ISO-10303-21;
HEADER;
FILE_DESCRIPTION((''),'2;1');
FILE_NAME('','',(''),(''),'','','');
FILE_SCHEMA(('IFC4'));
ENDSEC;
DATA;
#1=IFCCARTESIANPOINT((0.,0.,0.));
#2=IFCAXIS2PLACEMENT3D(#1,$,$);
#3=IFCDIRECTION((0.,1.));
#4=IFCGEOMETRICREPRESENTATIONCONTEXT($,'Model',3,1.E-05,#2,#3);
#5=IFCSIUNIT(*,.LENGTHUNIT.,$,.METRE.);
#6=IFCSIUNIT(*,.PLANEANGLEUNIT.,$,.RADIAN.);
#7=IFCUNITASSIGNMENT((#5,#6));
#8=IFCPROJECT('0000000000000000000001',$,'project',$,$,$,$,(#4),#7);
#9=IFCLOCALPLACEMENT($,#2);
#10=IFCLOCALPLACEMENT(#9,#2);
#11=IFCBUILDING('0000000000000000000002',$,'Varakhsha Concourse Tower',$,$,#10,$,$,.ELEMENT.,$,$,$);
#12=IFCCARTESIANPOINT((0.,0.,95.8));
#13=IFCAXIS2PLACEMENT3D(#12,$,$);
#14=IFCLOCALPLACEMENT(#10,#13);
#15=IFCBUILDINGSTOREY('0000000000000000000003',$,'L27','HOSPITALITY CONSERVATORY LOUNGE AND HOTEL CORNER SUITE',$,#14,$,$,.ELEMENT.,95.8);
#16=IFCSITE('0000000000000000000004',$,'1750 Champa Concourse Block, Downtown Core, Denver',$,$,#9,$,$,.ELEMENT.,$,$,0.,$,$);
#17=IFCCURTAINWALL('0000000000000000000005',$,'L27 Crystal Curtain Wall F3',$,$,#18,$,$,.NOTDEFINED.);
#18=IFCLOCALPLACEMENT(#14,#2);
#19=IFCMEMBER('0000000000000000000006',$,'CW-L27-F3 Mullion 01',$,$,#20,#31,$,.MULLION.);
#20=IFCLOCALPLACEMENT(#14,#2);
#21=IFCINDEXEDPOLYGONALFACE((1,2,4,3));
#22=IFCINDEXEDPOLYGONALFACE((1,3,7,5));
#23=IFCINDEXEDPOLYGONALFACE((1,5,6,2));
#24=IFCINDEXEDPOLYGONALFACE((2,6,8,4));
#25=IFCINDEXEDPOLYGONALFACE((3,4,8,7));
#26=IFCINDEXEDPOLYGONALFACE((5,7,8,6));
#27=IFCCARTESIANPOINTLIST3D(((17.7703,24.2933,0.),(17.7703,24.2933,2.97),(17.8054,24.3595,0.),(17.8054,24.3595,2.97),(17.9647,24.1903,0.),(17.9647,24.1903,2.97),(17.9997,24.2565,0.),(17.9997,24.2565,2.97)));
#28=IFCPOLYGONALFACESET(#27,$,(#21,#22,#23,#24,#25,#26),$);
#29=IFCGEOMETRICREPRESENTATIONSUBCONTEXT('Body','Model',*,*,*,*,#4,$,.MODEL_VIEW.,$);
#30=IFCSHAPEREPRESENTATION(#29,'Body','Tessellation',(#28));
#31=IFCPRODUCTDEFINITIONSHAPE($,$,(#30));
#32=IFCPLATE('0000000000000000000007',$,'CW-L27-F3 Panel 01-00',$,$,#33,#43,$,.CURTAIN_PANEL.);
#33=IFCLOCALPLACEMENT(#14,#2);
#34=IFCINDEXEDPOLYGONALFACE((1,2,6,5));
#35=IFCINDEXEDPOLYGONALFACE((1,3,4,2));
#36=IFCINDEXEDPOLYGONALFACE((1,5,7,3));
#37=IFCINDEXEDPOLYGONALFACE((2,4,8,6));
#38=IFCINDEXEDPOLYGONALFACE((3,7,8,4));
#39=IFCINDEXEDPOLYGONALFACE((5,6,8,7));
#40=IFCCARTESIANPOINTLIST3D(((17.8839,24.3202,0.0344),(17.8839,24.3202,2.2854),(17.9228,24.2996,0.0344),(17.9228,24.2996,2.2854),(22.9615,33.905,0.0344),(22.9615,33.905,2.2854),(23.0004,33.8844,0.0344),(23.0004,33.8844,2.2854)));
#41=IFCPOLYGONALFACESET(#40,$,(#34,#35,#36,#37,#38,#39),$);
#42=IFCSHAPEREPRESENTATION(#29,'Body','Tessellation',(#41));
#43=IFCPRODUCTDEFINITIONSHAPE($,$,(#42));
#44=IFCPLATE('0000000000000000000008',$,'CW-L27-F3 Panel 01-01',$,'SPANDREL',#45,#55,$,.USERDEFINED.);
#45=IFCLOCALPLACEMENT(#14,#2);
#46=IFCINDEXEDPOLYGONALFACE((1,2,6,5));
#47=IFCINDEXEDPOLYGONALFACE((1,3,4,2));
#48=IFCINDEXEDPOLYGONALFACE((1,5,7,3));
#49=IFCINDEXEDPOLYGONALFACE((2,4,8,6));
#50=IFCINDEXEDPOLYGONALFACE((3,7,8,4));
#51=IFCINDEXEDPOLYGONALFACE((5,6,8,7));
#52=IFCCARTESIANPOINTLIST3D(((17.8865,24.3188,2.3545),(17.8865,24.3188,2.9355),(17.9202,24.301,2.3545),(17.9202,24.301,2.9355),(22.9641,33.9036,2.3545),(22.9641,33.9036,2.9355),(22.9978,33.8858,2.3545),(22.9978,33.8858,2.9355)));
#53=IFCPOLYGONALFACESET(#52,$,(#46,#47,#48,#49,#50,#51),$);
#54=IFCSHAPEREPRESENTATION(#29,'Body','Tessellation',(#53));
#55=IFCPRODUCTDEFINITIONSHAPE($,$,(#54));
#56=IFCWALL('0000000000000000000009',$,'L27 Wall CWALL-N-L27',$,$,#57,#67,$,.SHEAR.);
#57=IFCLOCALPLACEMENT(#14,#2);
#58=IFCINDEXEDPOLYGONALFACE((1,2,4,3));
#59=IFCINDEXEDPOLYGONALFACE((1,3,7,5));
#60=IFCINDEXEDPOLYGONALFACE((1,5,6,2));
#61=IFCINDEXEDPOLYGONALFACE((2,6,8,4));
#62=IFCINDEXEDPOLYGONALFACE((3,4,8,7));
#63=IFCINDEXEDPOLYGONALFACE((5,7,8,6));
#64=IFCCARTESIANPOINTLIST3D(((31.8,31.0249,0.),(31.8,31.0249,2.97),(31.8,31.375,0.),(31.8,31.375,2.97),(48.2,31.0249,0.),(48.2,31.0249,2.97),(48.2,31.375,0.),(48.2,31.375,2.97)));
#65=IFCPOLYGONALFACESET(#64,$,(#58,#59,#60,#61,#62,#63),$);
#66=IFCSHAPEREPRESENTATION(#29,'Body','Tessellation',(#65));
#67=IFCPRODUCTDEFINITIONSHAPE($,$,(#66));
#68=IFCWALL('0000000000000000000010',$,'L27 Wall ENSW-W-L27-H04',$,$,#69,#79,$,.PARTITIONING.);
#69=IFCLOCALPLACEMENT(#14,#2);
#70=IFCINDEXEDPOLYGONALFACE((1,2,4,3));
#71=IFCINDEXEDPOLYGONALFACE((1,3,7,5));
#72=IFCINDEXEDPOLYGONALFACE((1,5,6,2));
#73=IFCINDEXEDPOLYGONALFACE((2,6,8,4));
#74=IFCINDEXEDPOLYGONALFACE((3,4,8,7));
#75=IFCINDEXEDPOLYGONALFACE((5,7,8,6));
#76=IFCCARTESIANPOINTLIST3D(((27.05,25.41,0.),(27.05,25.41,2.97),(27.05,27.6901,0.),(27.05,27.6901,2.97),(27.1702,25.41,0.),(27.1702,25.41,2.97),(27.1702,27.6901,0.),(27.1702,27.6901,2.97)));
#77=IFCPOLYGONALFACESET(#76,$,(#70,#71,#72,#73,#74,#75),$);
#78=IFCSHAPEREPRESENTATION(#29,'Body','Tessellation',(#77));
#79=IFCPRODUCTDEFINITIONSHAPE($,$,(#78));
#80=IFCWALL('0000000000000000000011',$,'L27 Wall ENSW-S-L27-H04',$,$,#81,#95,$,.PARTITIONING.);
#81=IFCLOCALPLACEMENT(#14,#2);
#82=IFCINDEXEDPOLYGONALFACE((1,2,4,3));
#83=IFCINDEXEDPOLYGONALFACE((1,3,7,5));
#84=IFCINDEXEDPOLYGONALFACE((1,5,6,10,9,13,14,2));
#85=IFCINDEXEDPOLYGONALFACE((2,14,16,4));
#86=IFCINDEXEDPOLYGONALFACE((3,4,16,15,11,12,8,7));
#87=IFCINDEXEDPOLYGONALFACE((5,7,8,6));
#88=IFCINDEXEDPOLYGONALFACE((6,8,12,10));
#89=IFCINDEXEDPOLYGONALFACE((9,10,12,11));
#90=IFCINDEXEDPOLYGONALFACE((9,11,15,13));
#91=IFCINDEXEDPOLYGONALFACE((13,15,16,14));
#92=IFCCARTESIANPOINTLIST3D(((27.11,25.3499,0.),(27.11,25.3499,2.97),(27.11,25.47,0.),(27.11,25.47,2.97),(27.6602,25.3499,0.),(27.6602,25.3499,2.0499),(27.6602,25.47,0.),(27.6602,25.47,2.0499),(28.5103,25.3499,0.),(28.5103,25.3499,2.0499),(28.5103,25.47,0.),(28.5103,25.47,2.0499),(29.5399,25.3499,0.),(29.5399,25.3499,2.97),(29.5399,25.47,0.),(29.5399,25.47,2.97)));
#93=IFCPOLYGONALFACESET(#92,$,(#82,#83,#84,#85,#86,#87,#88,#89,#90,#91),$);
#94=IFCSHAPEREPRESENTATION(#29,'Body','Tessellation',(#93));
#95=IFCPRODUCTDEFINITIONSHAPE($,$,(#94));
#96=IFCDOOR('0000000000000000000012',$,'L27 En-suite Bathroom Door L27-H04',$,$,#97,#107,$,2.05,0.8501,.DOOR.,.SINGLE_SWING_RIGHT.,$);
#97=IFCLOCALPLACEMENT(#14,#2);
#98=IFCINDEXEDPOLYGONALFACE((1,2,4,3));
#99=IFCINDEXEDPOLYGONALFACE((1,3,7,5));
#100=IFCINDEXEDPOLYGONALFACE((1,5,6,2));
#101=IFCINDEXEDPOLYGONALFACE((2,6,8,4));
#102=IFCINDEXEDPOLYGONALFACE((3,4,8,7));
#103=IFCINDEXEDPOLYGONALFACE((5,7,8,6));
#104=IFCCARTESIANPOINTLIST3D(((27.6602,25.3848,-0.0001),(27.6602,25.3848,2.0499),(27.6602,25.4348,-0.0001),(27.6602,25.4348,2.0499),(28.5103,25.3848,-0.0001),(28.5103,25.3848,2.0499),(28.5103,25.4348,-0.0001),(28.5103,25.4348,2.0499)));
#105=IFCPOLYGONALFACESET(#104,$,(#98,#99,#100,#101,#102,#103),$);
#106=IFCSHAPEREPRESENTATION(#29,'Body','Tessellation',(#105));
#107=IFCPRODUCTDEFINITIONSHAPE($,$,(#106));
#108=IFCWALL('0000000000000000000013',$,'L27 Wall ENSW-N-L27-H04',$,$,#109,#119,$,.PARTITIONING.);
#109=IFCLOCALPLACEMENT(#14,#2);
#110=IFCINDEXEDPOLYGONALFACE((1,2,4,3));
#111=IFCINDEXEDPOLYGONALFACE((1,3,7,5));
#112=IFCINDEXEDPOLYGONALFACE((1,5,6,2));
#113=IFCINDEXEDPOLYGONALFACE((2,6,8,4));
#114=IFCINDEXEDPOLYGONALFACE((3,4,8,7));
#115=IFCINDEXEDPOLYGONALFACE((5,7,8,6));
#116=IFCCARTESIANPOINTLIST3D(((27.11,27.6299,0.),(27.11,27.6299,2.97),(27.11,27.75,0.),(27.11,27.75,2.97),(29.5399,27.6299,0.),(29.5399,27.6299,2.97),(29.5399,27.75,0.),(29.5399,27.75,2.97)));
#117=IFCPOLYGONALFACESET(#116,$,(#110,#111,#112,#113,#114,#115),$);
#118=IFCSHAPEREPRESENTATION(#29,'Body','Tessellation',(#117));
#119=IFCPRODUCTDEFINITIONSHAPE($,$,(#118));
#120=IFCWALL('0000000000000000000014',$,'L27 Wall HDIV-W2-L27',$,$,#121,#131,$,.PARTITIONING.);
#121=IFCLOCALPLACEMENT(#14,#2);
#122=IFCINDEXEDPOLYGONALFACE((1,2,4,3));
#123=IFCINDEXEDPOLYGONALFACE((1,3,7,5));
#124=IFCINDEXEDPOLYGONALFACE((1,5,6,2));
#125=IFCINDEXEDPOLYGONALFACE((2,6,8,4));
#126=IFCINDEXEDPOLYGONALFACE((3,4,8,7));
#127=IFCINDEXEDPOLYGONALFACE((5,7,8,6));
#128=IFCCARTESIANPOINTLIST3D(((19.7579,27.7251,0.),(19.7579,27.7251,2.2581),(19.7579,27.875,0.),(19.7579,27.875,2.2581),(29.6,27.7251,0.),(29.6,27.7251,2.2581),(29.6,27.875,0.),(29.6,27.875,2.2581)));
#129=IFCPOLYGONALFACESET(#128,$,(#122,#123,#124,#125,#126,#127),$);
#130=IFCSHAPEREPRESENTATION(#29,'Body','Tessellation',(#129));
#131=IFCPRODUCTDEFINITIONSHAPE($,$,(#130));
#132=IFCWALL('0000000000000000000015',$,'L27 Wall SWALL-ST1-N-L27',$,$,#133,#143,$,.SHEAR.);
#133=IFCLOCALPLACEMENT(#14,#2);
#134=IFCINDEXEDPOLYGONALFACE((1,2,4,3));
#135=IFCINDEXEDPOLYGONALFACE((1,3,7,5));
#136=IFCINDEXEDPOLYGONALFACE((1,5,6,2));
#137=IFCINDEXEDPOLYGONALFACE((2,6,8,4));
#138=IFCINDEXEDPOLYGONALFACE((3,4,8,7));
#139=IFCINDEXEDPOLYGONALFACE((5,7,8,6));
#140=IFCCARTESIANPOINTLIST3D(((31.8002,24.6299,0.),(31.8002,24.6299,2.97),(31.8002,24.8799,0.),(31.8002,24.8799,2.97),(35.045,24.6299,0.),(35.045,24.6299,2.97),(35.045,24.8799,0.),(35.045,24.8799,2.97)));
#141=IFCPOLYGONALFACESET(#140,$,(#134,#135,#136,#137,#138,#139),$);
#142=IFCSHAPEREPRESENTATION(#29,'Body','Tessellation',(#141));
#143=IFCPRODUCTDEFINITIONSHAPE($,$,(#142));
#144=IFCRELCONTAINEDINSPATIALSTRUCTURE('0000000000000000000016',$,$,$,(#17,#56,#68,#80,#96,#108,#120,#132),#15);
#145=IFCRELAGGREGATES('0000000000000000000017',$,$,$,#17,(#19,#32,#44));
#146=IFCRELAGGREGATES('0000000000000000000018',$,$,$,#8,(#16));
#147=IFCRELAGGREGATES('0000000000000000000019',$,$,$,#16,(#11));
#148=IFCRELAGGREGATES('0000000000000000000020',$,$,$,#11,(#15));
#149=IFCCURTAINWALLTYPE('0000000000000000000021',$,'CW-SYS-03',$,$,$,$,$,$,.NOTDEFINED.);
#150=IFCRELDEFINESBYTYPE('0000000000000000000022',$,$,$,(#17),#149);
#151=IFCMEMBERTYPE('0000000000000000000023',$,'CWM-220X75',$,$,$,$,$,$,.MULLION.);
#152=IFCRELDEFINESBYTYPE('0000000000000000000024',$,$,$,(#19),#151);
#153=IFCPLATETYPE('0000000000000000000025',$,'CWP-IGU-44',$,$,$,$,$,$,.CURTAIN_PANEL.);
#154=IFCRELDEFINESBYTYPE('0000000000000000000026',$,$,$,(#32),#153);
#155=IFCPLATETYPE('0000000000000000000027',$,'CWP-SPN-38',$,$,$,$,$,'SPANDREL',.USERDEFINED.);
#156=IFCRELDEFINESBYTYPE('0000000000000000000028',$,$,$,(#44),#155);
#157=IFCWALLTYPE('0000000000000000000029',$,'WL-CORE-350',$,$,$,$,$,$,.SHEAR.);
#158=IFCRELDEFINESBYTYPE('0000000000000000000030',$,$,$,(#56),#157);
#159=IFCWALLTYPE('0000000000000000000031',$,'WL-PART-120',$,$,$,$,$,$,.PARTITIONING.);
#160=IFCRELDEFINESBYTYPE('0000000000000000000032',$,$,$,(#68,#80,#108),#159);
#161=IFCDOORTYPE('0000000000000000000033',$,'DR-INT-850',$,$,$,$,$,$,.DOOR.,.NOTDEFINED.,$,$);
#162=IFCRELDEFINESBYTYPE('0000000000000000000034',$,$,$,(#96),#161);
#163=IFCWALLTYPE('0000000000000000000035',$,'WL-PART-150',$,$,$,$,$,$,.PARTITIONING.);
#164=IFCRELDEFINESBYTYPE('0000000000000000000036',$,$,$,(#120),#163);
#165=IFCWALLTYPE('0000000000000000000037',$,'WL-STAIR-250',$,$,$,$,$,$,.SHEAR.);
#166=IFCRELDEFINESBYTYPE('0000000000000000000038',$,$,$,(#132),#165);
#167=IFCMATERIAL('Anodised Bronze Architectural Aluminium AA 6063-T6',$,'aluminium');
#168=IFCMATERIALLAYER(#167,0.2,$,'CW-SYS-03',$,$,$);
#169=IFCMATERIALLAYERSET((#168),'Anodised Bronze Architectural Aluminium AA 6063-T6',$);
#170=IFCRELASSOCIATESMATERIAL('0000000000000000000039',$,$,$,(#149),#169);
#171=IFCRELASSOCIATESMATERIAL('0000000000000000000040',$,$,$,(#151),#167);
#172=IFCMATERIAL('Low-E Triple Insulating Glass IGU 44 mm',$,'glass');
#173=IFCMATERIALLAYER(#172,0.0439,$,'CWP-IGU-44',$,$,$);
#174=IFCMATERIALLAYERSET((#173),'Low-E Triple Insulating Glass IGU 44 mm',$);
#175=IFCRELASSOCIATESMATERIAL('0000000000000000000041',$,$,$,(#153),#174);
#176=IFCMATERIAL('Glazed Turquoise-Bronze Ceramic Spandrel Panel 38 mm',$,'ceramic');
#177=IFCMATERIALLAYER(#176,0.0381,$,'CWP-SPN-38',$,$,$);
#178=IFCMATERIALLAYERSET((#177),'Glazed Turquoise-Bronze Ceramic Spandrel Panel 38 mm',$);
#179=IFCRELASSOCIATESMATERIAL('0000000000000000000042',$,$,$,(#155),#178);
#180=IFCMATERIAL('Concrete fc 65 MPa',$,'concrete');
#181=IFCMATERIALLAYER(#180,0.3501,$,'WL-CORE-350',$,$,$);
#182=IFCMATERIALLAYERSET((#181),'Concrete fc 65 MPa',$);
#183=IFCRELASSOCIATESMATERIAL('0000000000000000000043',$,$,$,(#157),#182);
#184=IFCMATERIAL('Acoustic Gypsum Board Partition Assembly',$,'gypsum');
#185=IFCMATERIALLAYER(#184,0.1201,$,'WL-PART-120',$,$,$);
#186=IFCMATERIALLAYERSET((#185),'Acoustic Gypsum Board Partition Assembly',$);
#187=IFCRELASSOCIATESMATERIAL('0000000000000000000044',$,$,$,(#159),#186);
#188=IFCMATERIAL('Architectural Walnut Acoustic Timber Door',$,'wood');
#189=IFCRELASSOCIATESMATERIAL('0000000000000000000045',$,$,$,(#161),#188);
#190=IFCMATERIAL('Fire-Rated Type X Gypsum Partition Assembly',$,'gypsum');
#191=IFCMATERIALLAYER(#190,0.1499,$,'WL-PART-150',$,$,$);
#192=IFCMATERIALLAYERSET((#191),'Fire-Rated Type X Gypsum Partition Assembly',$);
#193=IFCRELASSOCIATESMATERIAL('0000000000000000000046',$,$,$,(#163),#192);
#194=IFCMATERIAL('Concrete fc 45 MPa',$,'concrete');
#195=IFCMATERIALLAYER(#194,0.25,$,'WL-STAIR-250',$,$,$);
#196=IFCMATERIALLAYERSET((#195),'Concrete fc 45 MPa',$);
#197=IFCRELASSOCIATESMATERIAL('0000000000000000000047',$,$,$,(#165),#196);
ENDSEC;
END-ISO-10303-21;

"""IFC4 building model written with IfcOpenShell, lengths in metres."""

from ifc_helpers import new_model, si_unit, direction, frame, frame_2d, origin, origin_2d, place, context, subcontext, project, spatial, rectangle, extrude, source, transform, mapped, material, layer, layer_set, material_profile, profile_set, type_object, type_shapes, element, fill, aggregate, save


model = new_model("IFC4")

# Units and contexts
model_context = context("Model", 3, precision=1e-05, world=origin(), true_north=direction((0.0, 1.0)))
body_context = subcontext(model_context, "Body", "Model", "MODEL_VIEW")
ifc_project = project(units=[si_unit("LENGTHUNIT", "METRE"), si_unit("PLANEANGLEUNIT", "RADIAN")], contexts=[model_context])

# Site, building, storey
site_placement = place(None, origin())
site = spatial("IfcSite", under=ifc_project, at=site_placement, Name="1750 Champa Concourse Block, Downtown Core, Denver", CompositionType="ELEMENT", RefElevation=0.0)
building_placement = place(site_placement, origin())
building = spatial("IfcBuilding", under=site, at=building_placement, Name="Varakhsha Concourse Tower", CompositionType="ELEMENT")
storey_placement = place(building_placement, frame((0.0, 0.0, 95.8)))
storey = spatial("IfcBuildingStorey", under=building, at=storey_placement, Name="L27", Description="HOSPITALITY CONSERVATORY LOUNGE AND HOTEL CORNER SUITE", CompositionType="ELEMENT", Elevation=95.8)

# Shared definitions
ifc_material_1 = material(Name="Concrete fc 65 MPa", Category="concrete")

# Curtain wall, member, plates
ifc_material_2 = material(Name="Anodised Bronze Architectural Aluminium AA 6063-T6", Category="aluminium")
ifc_layer_1 = layer(ifc_material_2, 0.2, Name="CW-SYS-03")
ifc_layer_set_1 = layer_set([ifc_layer_1], Name="Anodised Bronze Architectural Aluminium AA 6063-T6")
curtain_wall_type = type_object("IfcCurtainWallType", Name="CW-SYS-03", PredefinedType="NOTDEFINED", material=ifc_layer_set_1)
curtain_wall_placement = place(storey_placement, origin())
curtain_wall = element("IfcCurtainWall", 1, at=curtain_wall_placement, inside=storey, type_object=curtain_wall_type, Name="L27 Crystal Curtain Wall F3", PredefinedType="NOTDEFINED")
ifc_material_profile_1 = material_profile(ifc_material_2, rectangle(XDim=0.075, YDim=0.22, at=origin_2d()), Name="CWM-220X75")
ifc_profile_set_1 = profile_set([ifc_material_profile_1], Name="Anodised Bronze Architectural Aluminium AA 6063-T6")
member_type = type_object("IfcMemberType", Name="CWM-220X75", PredefinedType="MULLION", material=ifc_profile_set_1)
shared_shape_1 = source(origin(), body_context, "Body", "SweptSolid", [
    extrude(rectangle(XDim=0.075, YDim=0.22, at=origin_2d()), origin(), (0.0, 0.0, 1.0), 2.97),
])
type_shapes(member_type, [shared_shape_1])
member_placement = place(storey_placement, frame((17.885, 24.2749, 0.0), z_axis=(0.0, 0.0, 1.0), x_axis=(0.468124, 0.883663, 0.0)))
member = element("IfcMember", 2, at=member_placement, type_object=member_type, Name="CW-L27-F3 Mullion 01", PredefinedType="MULLION", context=body_context, shape_type="MappedRepresentation", body=[
    mapped(shared_shape_1, transform((0.0, 0.0, 0.0), scale=1.0)),
])
ifc_material_3 = material(Name="Low-E Triple Insulating Glass IGU 44 mm", Category="glass")
ifc_layer_2 = layer(ifc_material_3, 0.0439, Name="CWP-IGU-44")
ifc_layer_set_2 = layer_set([ifc_layer_2], Name="Low-E Triple Insulating Glass IGU 44 mm")
plate_type_1 = type_object("IfcPlateType", Name="CWP-IGU-44", PredefinedType="CURTAIN_PANEL", material=ifc_layer_set_2)
shared_shape_2 = source(origin(), body_context, "Body", "SweptSolid", [
    extrude(rectangle(XDim=10.8467, YDim=0.0439, at=origin_2d()), origin(), (0.0, 0.0, 1.0), 2.251),
])
type_shapes(plate_type_1, [shared_shape_2])
plate_1_placement = place(storey_placement, frame((20.4421, 29.1023, 0.0344), z_axis=(0.0, 0.0, 1.0), x_axis=(0.468124, 0.883663, 0.0)))
plate_1 = element("IfcPlate", 3, at=plate_1_placement, type_object=plate_type_1, Name="CW-L27-F3 Panel 01-00", PredefinedType="CURTAIN_PANEL", context=body_context, shape_type="MappedRepresentation", body=[
    mapped(shared_shape_2, transform((0.0, 0.0, 0.0), scale=1.0)),
])
ifc_material_4 = material(Name="Glazed Turquoise-Bronze Ceramic Spandrel Panel 38 mm", Category="ceramic")
ifc_layer_3 = layer(ifc_material_4, 0.0381, Name="CWP-SPN-38")
ifc_layer_set_3 = layer_set([ifc_layer_3], Name="Glazed Turquoise-Bronze Ceramic Spandrel Panel 38 mm")
plate_type_2 = type_object("IfcPlateType", Name="CWP-SPN-38", ElementType="SPANDREL", PredefinedType="USERDEFINED", material=ifc_layer_set_3)
shared_shape_3 = source(origin(), body_context, "Body", "SweptSolid", [
    extrude(rectangle(XDim=10.8467, YDim=0.0381, at=origin_2d()), origin(), (0.0, 0.0, 1.0), 0.5811),
])
type_shapes(plate_type_2, [shared_shape_3])
plate_2_placement = place(storey_placement, frame((20.4421, 29.1023, 2.3545), z_axis=(0.0, 0.0, 1.0), x_axis=(0.468124, 0.883663, 0.0)))
plate_2 = element("IfcPlate", 4, at=plate_2_placement, type_object=plate_type_2, Name="CW-L27-F3 Panel 01-01", ObjectType="SPANDREL", PredefinedType="USERDEFINED", context=body_context, shape_type="MappedRepresentation", body=[
    mapped(shared_shape_3, transform((0.0, 0.0, 0.0), scale=1.0)),
])
aggregate(curtain_wall, [member, plate_1, plate_2])

# Walls
ifc_layer_4 = layer(ifc_material_1, 0.3501, Name="WL-CORE-350")
ifc_layer_set_4 = layer_set([ifc_layer_4], Name="Concrete fc 65 MPa")
wall_type_1 = type_object("IfcWallType", Name="WL-CORE-350", PredefinedType="SHEAR", material=ifc_layer_set_4)
wall_1_placement = place(storey_placement, frame((31.8, 31.2, 0.0), z_axis=(0.0, 0.0, 1.0), x_axis=(1.0, 0.0, 0.0)))
element("IfcWall", 5, at=wall_1_placement, inside=storey, type_object=wall_type_1, Name="L27 Wall CWALL-N-L27", PredefinedType="SHEAR", context=body_context, shape_type="SweptSolid", body=[
    extrude(rectangle(XDim=16.3999, YDim=0.3501, at=frame_2d((8.2, 0.0))), origin(), (0.0, 0.0, 1.0), 2.97),
])
ifc_material_5 = material(Name="Acoustic Gypsum Board Partition Assembly", Category="gypsum")
ifc_layer_5 = layer(ifc_material_5, 0.1201, Name="WL-PART-120")
ifc_layer_set_5 = layer_set([ifc_layer_5], Name="Acoustic Gypsum Board Partition Assembly")
wall_type_2 = type_object("IfcWallType", Name="WL-PART-120", PredefinedType="PARTITIONING", material=ifc_layer_set_5)
wall_2_placement = place(storey_placement, frame((27.1101, 25.4099, 0.0), z_axis=(0.0, 0.0, 1.0), x_axis=(0.0, 1.0, 0.0)))
element("IfcWall", 6, at=wall_2_placement, inside=storey, type_object=wall_type_2, Name="L27 Wall ENSW-W-L27-H04", PredefinedType="PARTITIONING", context=body_context, shape_type="SweptSolid", body=[
    extrude(rectangle(XDim=2.28, YDim=0.1201, at=frame_2d((1.1401, 0.0))), origin(), (0.0, 0.0, 1.0), 2.97),
])

# Wall, opening, door
wall_3_placement = place(storey_placement, frame((27.1101, 25.4099, 0.0), z_axis=(0.0, 0.0, 1.0), x_axis=(1.0, 0.0, 0.0)))
wall_3 = element("IfcWall", 7, at=wall_3_placement, inside=storey, type_object=wall_type_2, Name="L27 Wall ENSW-S-L27-H04", PredefinedType="PARTITIONING", context=body_context, shape_type="SweptSolid", body=[
    extrude(rectangle(XDim=2.4299, YDim=0.1201, at=frame_2d((1.2148, 0.0))), origin(), (0.0, 0.0, 1.0), 2.97),
])
opening_placement = place(wall_3_placement, frame((0.55, 0.0, 0.0)))
opening = element("IfcOpeningElement", 8, at=opening_placement, cuts=wall_3, PredefinedType="OPENING", context=body_context, shape_type="SweptSolid", body=[
    extrude(rectangle(XDim=0.8501, YDim=2.05, at=frame_2d((0.425, 1.0249))), frame((0.0, 0.0701, 0.0), z_axis=(0.0, -1.0, 0.0), x_axis=(1.0, 0.0, 0.0)), (0.0, 0.0, 1.0), 0.1401),
])
ifc_material_6 = material(Name="Architectural Walnut Acoustic Timber Door", Category="wood")
door_type = type_object("IfcDoorType", Name="DR-INT-850", OperationType="NOTDEFINED", PredefinedType="DOOR", material=ifc_material_6)
door_placement = place(opening_placement, origin())
door = element("IfcDoor", 9, at=door_placement, inside=storey, type_object=door_type, Name="L27 En-suite Bathroom Door L27-H04", OperationType="SINGLE_SWING_RIGHT", OverallHeight=2.05, OverallWidth=0.8501, PredefinedType="DOOR", context=body_context, shape_type="SweptSolid", body=[
    extrude(rectangle(XDim=0.8501, YDim=2.05, at=frame_2d((0.425, 1.0249))), frame((0.0, 0.0249, 0.0), z_axis=(0.0, -1.0, 0.0), x_axis=(1.0, 0.0, 0.0)), (0.0, 0.0, 1.0), 0.05),
])
fill(opening, door)

# Walls
wall_4_placement = place(storey_placement, frame((27.1101, 27.6899, 0.0), z_axis=(0.0, 0.0, 1.0), x_axis=(1.0, 0.0, 0.0)))
element("IfcWall", 10, at=wall_4_placement, inside=storey, type_object=wall_type_2, Name="L27 Wall ENSW-N-L27-H04", PredefinedType="PARTITIONING", context=body_context, shape_type="SweptSolid", body=[
    extrude(rectangle(XDim=2.4299, YDim=0.1201, at=frame_2d((1.2148, 0.0))), origin(), (0.0, 0.0, 1.0), 2.97),
])
ifc_material_7 = material(Name="Fire-Rated Type X Gypsum Partition Assembly", Category="gypsum")
ifc_layer_6 = layer(ifc_material_7, 0.1499, Name="WL-PART-150")
ifc_layer_set_6 = layer_set([ifc_layer_6], Name="Fire-Rated Type X Gypsum Partition Assembly")
wall_type_3 = type_object("IfcWallType", Name="WL-PART-150", PredefinedType="PARTITIONING", material=ifc_layer_set_6)
wall_5_placement = place(storey_placement, frame((19.7581, 27.8, 0.0), z_axis=(0.0, 0.0, 1.0), x_axis=(1.0, 0.0, 0.0)))
element("IfcWall", 11, at=wall_5_placement, inside=storey, type_object=wall_type_3, Name="L27 Wall HDIV-W2-L27", PredefinedType="PARTITIONING", context=body_context, shape_type="SweptSolid", body=[
    extrude(rectangle(XDim=9.842, YDim=0.1499, at=frame_2d((4.9209, 0.0))), origin(), (0.0, 0.0, 1.0), 2.2581),
])
ifc_material_8 = material(Name="Concrete fc 45 MPa", Category="concrete")
ifc_layer_7 = layer(ifc_material_8, 0.25, Name="WL-STAIR-250")
ifc_layer_set_7 = layer_set([ifc_layer_7], Name="Concrete fc 45 MPa")
wall_type_4 = type_object("IfcWallType", Name="WL-STAIR-250", PredefinedType="SHEAR", material=ifc_layer_set_7)
wall_6_placement = place(storey_placement, frame((31.8, 24.7549, 0.0), z_axis=(0.0, 0.0, 1.0), x_axis=(1.0, 0.0, 0.0)))
element("IfcWall", 12, at=wall_6_placement, inside=storey, type_object=wall_type_4, Name="L27 Wall SWALL-ST1-N-L27", PredefinedType="SHEAR", context=body_context, shape_type="SweptSolid", body=[
    extrude(rectangle(XDim=3.2449, YDim=0.25, at=frame_2d((1.6226, 0.0))), origin(), (0.0, 0.0, 1.0), 2.97),
])

save(model, "model.ifc")
